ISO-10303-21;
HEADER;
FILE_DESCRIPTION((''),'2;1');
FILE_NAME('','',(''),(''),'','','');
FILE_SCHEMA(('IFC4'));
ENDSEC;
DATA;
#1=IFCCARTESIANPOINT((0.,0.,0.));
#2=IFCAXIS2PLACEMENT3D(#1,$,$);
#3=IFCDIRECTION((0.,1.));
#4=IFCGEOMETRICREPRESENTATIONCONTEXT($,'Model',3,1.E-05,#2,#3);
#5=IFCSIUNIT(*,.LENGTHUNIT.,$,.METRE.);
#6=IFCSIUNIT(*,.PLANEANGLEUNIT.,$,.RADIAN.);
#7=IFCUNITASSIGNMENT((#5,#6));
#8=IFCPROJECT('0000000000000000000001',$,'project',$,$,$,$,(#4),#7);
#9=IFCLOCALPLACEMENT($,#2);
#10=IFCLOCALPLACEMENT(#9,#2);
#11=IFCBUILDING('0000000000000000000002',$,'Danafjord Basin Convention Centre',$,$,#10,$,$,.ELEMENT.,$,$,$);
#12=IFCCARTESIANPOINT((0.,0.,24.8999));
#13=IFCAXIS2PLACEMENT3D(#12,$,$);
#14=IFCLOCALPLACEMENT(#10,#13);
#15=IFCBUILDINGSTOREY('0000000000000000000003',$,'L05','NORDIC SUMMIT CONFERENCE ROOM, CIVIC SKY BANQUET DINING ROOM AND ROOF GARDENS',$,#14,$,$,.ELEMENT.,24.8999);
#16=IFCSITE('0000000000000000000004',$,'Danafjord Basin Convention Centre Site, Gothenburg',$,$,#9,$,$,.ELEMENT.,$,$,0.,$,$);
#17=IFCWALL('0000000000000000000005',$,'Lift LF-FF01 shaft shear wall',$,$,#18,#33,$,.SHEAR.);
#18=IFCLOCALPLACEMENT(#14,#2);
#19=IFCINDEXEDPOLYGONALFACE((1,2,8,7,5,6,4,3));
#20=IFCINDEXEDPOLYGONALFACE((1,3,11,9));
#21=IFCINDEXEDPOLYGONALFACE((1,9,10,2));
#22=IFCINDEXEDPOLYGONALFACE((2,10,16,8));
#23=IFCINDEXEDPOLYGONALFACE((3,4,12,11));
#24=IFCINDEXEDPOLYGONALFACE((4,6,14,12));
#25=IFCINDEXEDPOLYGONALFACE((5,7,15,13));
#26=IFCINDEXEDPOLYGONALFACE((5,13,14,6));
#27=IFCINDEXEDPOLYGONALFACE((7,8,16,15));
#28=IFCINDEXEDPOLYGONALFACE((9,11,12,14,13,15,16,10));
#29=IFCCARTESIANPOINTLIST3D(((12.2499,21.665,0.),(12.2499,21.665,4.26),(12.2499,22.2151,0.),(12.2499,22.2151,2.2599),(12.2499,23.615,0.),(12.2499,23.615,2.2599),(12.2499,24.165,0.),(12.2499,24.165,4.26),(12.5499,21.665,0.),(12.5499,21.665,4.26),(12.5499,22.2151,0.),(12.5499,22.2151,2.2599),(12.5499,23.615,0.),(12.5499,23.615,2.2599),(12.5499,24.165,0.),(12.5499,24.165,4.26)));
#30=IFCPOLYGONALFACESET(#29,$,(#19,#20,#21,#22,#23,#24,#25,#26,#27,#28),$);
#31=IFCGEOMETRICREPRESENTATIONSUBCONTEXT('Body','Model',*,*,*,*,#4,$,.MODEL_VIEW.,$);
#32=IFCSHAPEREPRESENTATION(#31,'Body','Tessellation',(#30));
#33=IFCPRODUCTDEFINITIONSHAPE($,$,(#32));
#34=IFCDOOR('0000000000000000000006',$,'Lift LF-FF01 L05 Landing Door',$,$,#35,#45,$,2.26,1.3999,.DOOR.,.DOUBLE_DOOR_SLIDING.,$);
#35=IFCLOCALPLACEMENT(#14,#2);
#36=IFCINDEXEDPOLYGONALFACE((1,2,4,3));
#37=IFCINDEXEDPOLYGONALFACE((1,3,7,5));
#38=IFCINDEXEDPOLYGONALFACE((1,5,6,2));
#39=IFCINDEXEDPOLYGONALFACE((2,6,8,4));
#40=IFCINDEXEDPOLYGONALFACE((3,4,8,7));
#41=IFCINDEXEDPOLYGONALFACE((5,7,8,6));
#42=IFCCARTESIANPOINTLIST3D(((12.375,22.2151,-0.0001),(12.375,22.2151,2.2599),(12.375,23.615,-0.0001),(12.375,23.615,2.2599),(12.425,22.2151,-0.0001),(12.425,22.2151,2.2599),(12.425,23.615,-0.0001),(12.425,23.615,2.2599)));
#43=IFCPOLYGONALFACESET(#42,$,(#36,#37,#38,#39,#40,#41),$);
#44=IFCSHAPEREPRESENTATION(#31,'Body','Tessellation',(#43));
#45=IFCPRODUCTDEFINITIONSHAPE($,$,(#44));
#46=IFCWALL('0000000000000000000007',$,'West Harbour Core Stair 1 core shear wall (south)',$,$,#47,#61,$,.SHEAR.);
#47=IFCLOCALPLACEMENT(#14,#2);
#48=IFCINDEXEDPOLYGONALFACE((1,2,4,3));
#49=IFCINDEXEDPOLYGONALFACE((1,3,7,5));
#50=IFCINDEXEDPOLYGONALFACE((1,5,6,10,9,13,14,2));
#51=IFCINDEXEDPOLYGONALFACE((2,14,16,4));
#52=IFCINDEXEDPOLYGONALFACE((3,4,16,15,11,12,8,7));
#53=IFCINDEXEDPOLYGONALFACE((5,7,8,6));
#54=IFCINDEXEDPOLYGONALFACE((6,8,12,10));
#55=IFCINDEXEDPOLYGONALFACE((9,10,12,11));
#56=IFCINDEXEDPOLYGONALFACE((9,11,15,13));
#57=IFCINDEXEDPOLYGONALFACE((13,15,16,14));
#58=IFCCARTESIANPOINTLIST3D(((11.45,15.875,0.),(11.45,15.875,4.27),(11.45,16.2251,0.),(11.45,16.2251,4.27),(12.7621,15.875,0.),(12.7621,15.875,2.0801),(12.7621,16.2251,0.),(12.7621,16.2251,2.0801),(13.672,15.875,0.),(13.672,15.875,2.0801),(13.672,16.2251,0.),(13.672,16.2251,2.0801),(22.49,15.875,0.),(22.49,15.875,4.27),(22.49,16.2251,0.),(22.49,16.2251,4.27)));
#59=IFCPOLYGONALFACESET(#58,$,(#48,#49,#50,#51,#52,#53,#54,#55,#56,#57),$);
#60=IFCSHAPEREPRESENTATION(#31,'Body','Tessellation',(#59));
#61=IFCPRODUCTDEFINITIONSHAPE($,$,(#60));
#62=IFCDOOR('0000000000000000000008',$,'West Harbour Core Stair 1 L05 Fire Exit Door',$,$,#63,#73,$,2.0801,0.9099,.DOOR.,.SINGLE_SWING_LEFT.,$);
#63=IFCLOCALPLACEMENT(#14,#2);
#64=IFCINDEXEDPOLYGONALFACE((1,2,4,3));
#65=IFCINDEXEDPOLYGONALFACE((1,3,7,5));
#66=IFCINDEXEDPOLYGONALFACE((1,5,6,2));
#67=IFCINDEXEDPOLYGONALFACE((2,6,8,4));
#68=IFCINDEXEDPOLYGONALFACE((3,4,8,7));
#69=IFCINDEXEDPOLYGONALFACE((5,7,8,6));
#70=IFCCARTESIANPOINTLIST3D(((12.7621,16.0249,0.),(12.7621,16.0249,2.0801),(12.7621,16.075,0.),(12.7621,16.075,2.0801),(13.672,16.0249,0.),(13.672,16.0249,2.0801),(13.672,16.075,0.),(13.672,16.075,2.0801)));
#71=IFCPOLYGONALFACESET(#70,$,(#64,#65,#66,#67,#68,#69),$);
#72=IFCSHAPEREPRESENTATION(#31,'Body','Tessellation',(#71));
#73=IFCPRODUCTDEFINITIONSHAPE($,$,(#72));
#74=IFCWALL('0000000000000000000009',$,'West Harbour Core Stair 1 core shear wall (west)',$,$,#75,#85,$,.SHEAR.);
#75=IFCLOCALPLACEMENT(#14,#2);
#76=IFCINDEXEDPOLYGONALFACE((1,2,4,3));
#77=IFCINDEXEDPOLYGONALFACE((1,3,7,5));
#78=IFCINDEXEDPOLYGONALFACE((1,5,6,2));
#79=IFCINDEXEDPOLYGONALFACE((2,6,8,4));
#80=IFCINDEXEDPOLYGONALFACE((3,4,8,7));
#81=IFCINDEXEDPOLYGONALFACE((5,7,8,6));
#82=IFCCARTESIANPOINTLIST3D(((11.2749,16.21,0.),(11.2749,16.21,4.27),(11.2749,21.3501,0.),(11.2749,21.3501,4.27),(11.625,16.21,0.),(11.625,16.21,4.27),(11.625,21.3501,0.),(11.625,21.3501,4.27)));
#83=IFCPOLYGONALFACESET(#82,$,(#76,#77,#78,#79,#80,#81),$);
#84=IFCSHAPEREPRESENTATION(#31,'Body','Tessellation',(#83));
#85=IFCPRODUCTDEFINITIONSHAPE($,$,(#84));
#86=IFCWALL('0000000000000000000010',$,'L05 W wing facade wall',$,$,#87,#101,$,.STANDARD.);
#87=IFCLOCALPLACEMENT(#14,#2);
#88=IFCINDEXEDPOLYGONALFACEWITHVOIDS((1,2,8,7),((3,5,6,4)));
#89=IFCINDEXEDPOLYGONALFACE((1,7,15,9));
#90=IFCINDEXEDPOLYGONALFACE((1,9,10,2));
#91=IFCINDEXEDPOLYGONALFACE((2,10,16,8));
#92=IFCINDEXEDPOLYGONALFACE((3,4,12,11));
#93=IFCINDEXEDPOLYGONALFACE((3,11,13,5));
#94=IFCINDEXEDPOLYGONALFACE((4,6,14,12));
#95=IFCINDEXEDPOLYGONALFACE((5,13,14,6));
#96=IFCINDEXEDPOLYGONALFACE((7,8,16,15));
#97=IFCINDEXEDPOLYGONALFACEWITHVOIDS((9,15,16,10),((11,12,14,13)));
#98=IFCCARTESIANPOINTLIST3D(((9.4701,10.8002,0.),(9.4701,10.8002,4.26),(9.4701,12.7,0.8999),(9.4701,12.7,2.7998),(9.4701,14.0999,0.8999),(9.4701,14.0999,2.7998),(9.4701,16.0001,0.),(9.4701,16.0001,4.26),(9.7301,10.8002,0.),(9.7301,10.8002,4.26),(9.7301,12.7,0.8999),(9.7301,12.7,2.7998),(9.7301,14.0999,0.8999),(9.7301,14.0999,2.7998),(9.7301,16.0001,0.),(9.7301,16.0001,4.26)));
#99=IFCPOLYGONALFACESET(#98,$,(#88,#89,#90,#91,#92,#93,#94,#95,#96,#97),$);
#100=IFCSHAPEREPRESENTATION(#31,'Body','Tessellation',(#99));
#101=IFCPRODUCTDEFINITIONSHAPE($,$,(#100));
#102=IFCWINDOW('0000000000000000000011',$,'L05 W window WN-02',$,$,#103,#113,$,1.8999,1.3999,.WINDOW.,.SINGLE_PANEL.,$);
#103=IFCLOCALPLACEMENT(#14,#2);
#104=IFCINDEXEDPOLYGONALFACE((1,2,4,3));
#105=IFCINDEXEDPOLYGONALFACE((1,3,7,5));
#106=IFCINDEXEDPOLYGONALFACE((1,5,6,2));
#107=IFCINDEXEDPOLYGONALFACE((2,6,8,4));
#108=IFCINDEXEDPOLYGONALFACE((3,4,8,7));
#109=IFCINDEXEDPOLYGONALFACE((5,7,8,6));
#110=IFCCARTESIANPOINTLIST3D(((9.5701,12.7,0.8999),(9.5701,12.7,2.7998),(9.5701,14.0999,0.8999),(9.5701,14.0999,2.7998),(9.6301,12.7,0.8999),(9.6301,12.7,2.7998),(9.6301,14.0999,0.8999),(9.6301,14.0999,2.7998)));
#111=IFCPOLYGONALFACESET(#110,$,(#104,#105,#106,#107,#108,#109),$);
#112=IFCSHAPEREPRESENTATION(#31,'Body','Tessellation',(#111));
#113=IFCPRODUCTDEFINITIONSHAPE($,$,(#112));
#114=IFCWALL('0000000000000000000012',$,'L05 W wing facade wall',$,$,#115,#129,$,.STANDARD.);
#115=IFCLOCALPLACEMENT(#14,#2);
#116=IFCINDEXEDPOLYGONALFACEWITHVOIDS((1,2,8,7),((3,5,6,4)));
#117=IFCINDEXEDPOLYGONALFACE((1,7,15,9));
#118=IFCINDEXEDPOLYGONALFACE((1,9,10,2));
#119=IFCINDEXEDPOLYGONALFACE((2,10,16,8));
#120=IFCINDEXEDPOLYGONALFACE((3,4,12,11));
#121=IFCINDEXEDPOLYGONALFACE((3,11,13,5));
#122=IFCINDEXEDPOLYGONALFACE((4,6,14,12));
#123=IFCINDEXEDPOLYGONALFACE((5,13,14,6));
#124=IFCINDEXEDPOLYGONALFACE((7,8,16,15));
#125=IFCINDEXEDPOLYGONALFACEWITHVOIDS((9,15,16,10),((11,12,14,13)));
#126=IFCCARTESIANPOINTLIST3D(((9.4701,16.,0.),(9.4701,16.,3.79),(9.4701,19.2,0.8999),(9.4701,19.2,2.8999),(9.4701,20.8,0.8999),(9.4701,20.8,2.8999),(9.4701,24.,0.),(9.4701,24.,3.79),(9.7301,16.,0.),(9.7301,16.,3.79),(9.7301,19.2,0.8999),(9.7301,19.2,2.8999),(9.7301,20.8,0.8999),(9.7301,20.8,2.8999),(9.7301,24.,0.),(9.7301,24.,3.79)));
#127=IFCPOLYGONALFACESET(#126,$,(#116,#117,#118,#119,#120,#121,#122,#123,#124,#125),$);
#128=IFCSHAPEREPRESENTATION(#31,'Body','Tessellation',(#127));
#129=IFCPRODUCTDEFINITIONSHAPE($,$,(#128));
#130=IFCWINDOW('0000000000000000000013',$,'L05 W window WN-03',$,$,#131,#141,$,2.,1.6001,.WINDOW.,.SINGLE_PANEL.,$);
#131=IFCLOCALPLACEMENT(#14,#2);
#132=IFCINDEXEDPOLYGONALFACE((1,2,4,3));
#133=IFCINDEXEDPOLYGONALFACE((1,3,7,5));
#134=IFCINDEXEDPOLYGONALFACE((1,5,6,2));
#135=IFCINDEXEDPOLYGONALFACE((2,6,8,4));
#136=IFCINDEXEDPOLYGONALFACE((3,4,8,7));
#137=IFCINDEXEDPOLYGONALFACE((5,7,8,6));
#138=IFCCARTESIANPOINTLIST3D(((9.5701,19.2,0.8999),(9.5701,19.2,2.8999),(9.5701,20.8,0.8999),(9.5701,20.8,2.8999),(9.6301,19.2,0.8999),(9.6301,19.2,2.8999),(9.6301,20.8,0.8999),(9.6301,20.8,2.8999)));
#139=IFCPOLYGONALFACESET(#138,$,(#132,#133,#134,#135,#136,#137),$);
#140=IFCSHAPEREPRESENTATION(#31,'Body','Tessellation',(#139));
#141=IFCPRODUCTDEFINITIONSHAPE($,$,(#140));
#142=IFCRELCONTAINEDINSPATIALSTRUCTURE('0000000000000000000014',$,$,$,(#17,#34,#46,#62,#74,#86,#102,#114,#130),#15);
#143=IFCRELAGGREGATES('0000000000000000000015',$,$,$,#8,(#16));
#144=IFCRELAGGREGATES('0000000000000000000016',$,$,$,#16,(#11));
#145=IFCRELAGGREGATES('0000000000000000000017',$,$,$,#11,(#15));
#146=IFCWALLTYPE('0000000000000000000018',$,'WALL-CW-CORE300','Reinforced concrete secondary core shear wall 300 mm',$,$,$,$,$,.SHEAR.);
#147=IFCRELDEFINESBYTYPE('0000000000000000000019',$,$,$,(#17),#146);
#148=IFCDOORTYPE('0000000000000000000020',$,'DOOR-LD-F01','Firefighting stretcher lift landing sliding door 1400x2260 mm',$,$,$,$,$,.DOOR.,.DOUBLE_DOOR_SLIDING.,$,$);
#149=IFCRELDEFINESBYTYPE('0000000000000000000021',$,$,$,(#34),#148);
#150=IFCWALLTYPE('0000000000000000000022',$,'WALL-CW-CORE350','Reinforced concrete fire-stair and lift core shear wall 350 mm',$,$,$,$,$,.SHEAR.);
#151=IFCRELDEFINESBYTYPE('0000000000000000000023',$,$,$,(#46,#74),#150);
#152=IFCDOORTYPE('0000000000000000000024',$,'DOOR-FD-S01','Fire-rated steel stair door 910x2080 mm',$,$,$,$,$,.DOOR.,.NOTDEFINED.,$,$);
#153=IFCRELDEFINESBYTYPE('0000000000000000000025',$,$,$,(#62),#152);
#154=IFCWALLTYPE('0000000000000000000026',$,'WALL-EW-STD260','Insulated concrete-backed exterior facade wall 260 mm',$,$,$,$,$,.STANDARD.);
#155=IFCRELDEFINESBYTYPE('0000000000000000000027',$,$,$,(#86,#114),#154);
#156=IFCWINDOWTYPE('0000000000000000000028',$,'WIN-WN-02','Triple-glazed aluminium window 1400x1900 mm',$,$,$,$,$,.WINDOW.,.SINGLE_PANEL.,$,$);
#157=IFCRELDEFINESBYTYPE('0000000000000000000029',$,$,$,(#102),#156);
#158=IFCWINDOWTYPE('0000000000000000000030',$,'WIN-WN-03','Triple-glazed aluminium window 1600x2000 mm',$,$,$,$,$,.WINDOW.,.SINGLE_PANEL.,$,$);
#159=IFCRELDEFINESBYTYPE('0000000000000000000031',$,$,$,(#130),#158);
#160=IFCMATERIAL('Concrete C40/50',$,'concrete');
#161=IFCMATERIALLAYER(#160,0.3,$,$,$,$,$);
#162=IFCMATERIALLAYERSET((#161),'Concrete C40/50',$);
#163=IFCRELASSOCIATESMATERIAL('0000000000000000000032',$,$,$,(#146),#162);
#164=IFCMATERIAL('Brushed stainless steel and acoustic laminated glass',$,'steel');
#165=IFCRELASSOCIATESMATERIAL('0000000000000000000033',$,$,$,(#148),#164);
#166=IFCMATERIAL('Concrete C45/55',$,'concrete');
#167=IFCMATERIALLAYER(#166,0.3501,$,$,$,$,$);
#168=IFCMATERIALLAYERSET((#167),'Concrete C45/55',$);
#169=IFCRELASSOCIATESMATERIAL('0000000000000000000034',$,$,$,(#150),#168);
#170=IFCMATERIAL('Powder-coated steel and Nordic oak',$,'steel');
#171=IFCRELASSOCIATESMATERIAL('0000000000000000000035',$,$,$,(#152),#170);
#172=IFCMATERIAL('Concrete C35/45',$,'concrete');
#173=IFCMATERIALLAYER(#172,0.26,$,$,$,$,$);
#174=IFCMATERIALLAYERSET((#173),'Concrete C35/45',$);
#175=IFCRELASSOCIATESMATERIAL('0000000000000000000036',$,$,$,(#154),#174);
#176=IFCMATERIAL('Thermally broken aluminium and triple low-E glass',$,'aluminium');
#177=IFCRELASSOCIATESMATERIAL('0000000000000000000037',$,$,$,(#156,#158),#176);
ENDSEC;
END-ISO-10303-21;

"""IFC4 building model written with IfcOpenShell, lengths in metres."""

from ifc_helpers import new_model, si_unit, direction, frame, frame_2d, origin, place, context, subcontext, project, spatial, rectangle, extrude, material, layer, layer_set, type_object, element, fill, save


model = new_model("IFC4")

# Units and contexts
model_context = context("Model", 3, precision=1e-05, world=origin(), true_north=direction((0.0, 1.0)))
body_context = subcontext(model_context, "Body", "Model", "MODEL_VIEW")
ifc_project = project(units=[si_unit("LENGTHUNIT", "METRE"), si_unit("PLANEANGLEUNIT", "RADIAN")], contexts=[model_context])

# Site, building, storey
site_placement = place(None, origin())
site = spatial("IfcSite", under=ifc_project, at=site_placement, Name="Danafjord Basin Convention Centre Site, Gothenburg", CompositionType="ELEMENT", RefElevation=0.0)
building_placement = place(site_placement, origin())
building = spatial("IfcBuilding", under=site, at=building_placement, Name="Danafjord Basin Convention Centre", CompositionType="ELEMENT")
storey_placement = place(building_placement, frame((0.0, 0.0, 24.8999)))
storey = spatial("IfcBuildingStorey", under=building, at=storey_placement, Name="L05", Description="NORDIC SUMMIT CONFERENCE ROOM, CIVIC SKY BANQUET DINING ROOM AND ROOF GARDENS", CompositionType="ELEMENT", Elevation=24.8999)

# Shared definitions
ifc_material_1 = material(Name="Concrete C35/45", Category="concrete")

# Shared definitions
ifc_material_2 = material(Name="Concrete C40/50", Category="concrete")

# Shared definitions
ifc_layer_1 = layer(ifc_material_2, 0.3)
ifc_layer_set_1 = layer_set([ifc_layer_1], Name="Concrete C40/50")
wall_type_1 = type_object("IfcWallType", Name="WALL-CW-CORE300", Description="Reinforced concrete secondary core shear wall 300 mm", PredefinedType="SHEAR", material=ifc_layer_set_1)

# Walls, openings, doors
wall_1_placement = place(storey_placement, frame((12.3999, 21.665, 0.0), z_axis=(0.0, 0.0, 1.0), x_axis=(0.0, 1.0, 0.0)))
wall_1 = element("IfcWall", 1, at=wall_1_placement, inside=storey, type_object=wall_type_1, Name="Lift LF-FF01 shaft shear wall", PredefinedType="SHEAR", context=body_context, shape_type="SweptSolid", body=[
    extrude(rectangle(XDim=2.5, YDim=0.3, at=frame_2d((1.25, 0.0))), origin(), (0.0, 0.0, 1.0), 4.26),
])
opening_1_placement = place(wall_1_placement, frame((0.55, 0.0, 0.0)))
opening_1 = element("IfcOpeningElement", 2, at=opening_1_placement, cuts=wall_1, PredefinedType="OPENING", context=body_context, shape_type="SweptSolid", body=[
    extrude(rectangle(XDim=1.3999, YDim=2.26, at=frame_2d((0.7, 1.1299))), frame((0.0, 0.1599, 0.0), z_axis=(0.0, -1.0, 0.0), x_axis=(1.0, 0.0, 0.0)), (0.0, 0.0, 1.0), 0.3201),
])
ifc_material_3 = material(Name="Brushed stainless steel and acoustic laminated glass", Category="steel")
door_type_1 = type_object("IfcDoorType", Name="DOOR-LD-F01", Description="Firefighting stretcher lift landing sliding door 1400x2260 mm", OperationType="DOUBLE_DOOR_SLIDING", PredefinedType="DOOR", material=ifc_material_3)
door_1_placement = place(opening_1_placement, origin())
door_1 = element("IfcDoor", 3, at=door_1_placement, inside=storey, type_object=door_type_1, Name="Lift LF-FF01 L05 Landing Door", OperationType="DOUBLE_DOOR_SLIDING", OverallHeight=2.26, OverallWidth=1.3999, PredefinedType="DOOR", context=body_context, shape_type="SweptSolid", body=[
    extrude(rectangle(XDim=1.3999, YDim=2.26, at=frame_2d((0.7, 1.1299))), frame((0.0, 0.0249, 0.0), z_axis=(0.0, -1.0, 0.0), x_axis=(1.0, 0.0, 0.0)), (0.0, 0.0, 1.0), 0.05),
])
fill(opening_1, door_1)
ifc_material_4 = material(Name="Concrete C45/55", Category="concrete")
ifc_layer_2 = layer(ifc_material_4, 0.3501)
ifc_layer_set_2 = layer_set([ifc_layer_2], Name="Concrete C45/55")
wall_type_2 = type_object("IfcWallType", Name="WALL-CW-CORE350", Description="Reinforced concrete fire-stair and lift core shear wall 350 mm", PredefinedType="SHEAR", material=ifc_layer_set_2)
wall_2_placement = place(storey_placement, frame((11.45, 16.05, 0.0), z_axis=(0.0, 0.0, 1.0), x_axis=(1.0, 0.0, 0.0)))
wall_2 = element("IfcWall", 4, at=wall_2_placement, inside=storey, type_object=wall_type_2, Name="West Harbour Core Stair 1 core shear wall (south)", PredefinedType="SHEAR", context=body_context, shape_type="SweptSolid", body=[
    extrude(rectangle(XDim=11.04, YDim=0.3501, at=frame_2d((5.52, 0.0))), origin(), (0.0, 0.0, 1.0), 4.27),
])
opening_2_placement = place(wall_2_placement, frame((1.312, 0.0, 0.0)))
opening_2 = element("IfcOpeningElement", 5, at=opening_2_placement, cuts=wall_2, PredefinedType="OPENING", context=body_context, shape_type="SweptSolid", body=[
    extrude(rectangle(XDim=0.9099, YDim=2.0801, at=frame_2d((0.4551, 1.04))), frame((0.0, 0.1851, 0.0), z_axis=(0.0, -1.0, 0.0), x_axis=(1.0, 0.0, 0.0)), (0.0, 0.0, 1.0), 0.3701),
])
ifc_material_5 = material(Name="Powder-coated steel and Nordic oak", Category="steel")
door_type_2 = type_object("IfcDoorType", Name="DOOR-FD-S01", Description="Fire-rated steel stair door 910x2080 mm", OperationType="NOTDEFINED", PredefinedType="DOOR", material=ifc_material_5)
door_2_placement = place(opening_2_placement, origin())
door_2 = element("IfcDoor", 6, at=door_2_placement, inside=storey, type_object=door_type_2, Name="West Harbour Core Stair 1 L05 Fire Exit Door", OperationType="SINGLE_SWING_LEFT", OverallHeight=2.0801, OverallWidth=0.9099, PredefinedType="DOOR", context=body_context, shape_type="SweptSolid", body=[
    extrude(rectangle(XDim=0.9099, YDim=2.0801, at=frame_2d((0.4551, 1.04))), frame((0.0, 0.0249, 0.0), z_axis=(0.0, -1.0, 0.0), x_axis=(1.0, 0.0, 0.0)), (0.0, 0.0, 1.0), 0.05),
])
fill(opening_2, door_2)

# Wall
wall_3_placement = place(storey_placement, frame((11.45, 21.3501, 0.0), z_axis=(0.0, 0.0, 1.0), x_axis=(0.0, -1.0, 0.0)))
element("IfcWall", 7, at=wall_3_placement, inside=storey, type_object=wall_type_2, Name="West Harbour Core Stair 1 core shear wall (west)", PredefinedType="SHEAR", context=body_context, shape_type="SweptSolid", body=[
    extrude(rectangle(XDim=5.1401, YDim=0.3501, at=frame_2d((2.5701, 0.0))), origin(), (0.0, 0.0, 1.0), 4.27),
])

# Walls, openings, windows
ifc_layer_3 = layer(ifc_material_1, 0.26)
ifc_layer_set_3 = layer_set([ifc_layer_3], Name="Concrete C35/45")
wall_type_3 = type_object("IfcWallType", Name="WALL-EW-STD260", Description="Insulated concrete-backed exterior facade wall 260 mm", PredefinedType="STANDARD", material=ifc_layer_set_3)
wall_4_placement = place(storey_placement, frame((9.6001, 10.8, 0.0), z_axis=(0.0, 0.0, 1.0), x_axis=(0.0, 1.0, 0.0)))
wall_4 = element("IfcWall", 8, at=wall_4_placement, inside=storey, type_object=wall_type_3, Name="L05 W wing facade wall", PredefinedType="STANDARD", context=body_context, shape_type="SweptSolid", body=[
    extrude(rectangle(XDim=5.2, YDim=0.26, at=frame_2d((2.6001, 0.0))), origin(), (0.0, 0.0, 1.0), 4.26),
])
opening_3_placement = place(wall_4_placement, frame((1.8999, 0.0, 0.8999)))
opening_3 = element("IfcOpeningElement", 9, at=opening_3_placement, cuts=wall_4, PredefinedType="OPENING", context=body_context, shape_type="SweptSolid", body=[
    extrude(rectangle(XDim=1.3999, YDim=1.8999, at=frame_2d((0.7, 0.95))), frame((0.0, 0.1399, 0.0), z_axis=(0.0, -1.0, 0.0), x_axis=(1.0, 0.0, 0.0)), (0.0, 0.0, 1.0), 0.28),
])
ifc_material_6 = material(Name="Thermally broken aluminium and triple low-E glass", Category="aluminium")
window_type_1 = type_object("IfcWindowType", Name="WIN-WN-02", Description="Triple-glazed aluminium window 1400x1900 mm", PartitioningType="SINGLE_PANEL", PredefinedType="WINDOW", material=ifc_material_6)
window_1_placement = place(opening_3_placement, origin())
window_1 = element("IfcWindow", 10, at=window_1_placement, inside=storey, type_object=window_type_1, Name="L05 W window WN-02", OverallHeight=1.8999, OverallWidth=1.3999, PartitioningType="SINGLE_PANEL", PredefinedType="WINDOW", context=body_context, shape_type="SweptSolid", body=[
    extrude(rectangle(XDim=1.3999, YDim=1.8999, at=frame_2d((0.7, 0.95))), frame((0.0, 0.03, 0.0), z_axis=(0.0, -1.0, 0.0), x_axis=(1.0, 0.0, 0.0)), (0.0, 0.0, 1.0), 0.0601),
])
fill(opening_3, window_1)
wall_5_placement = place(storey_placement, frame((9.6001, 16.0, 0.0), z_axis=(0.0, 0.0, 1.0), x_axis=(0.0, 1.0, 0.0)))
wall_5 = element("IfcWall", 11, at=wall_5_placement, inside=storey, type_object=wall_type_3, Name="L05 W wing facade wall", PredefinedType="STANDARD", context=body_context, shape_type="SweptSolid", body=[
    extrude(rectangle(XDim=8.0, YDim=0.26, at=frame_2d((4.0, 0.0))), origin(), (0.0, 0.0, 1.0), 3.79),
])
opening_4_placement = place(wall_5_placement, frame((3.2, 0.0, 0.8999)))
opening_4 = element("IfcOpeningElement", 12, at=opening_4_placement, cuts=wall_5, PredefinedType="OPENING", context=body_context, shape_type="SweptSolid", body=[
    extrude(rectangle(XDim=1.6001, YDim=2.0, at=frame_2d((0.8, 1.0))), frame((0.0, 0.1399, 0.0), z_axis=(0.0, -1.0, 0.0), x_axis=(1.0, 0.0, 0.0)), (0.0, 0.0, 1.0), 0.28),
])
window_type_2 = type_object("IfcWindowType", Name="WIN-WN-03", Description="Triple-glazed aluminium window 1600x2000 mm", PartitioningType="SINGLE_PANEL", PredefinedType="WINDOW", material=ifc_material_6)
window_2_placement = place(opening_4_placement, origin())
window_2 = element("IfcWindow", 13, at=window_2_placement, inside=storey, type_object=window_type_2, Name="L05 W window WN-03", OverallHeight=2.0, OverallWidth=1.6001, PartitioningType="SINGLE_PANEL", PredefinedType="WINDOW", context=body_context, shape_type="SweptSolid", body=[
    extrude(rectangle(XDim=1.6001, YDim=2.0, at=frame_2d((0.8, 1.0))), frame((0.0, 0.03, 0.0), z_axis=(0.0, -1.0, 0.0), x_axis=(1.0, 0.0, 0.0)), (0.0, 0.0, 1.0), 0.0601),
])
fill(opening_4, window_2)

save(model, "model.ifc")
